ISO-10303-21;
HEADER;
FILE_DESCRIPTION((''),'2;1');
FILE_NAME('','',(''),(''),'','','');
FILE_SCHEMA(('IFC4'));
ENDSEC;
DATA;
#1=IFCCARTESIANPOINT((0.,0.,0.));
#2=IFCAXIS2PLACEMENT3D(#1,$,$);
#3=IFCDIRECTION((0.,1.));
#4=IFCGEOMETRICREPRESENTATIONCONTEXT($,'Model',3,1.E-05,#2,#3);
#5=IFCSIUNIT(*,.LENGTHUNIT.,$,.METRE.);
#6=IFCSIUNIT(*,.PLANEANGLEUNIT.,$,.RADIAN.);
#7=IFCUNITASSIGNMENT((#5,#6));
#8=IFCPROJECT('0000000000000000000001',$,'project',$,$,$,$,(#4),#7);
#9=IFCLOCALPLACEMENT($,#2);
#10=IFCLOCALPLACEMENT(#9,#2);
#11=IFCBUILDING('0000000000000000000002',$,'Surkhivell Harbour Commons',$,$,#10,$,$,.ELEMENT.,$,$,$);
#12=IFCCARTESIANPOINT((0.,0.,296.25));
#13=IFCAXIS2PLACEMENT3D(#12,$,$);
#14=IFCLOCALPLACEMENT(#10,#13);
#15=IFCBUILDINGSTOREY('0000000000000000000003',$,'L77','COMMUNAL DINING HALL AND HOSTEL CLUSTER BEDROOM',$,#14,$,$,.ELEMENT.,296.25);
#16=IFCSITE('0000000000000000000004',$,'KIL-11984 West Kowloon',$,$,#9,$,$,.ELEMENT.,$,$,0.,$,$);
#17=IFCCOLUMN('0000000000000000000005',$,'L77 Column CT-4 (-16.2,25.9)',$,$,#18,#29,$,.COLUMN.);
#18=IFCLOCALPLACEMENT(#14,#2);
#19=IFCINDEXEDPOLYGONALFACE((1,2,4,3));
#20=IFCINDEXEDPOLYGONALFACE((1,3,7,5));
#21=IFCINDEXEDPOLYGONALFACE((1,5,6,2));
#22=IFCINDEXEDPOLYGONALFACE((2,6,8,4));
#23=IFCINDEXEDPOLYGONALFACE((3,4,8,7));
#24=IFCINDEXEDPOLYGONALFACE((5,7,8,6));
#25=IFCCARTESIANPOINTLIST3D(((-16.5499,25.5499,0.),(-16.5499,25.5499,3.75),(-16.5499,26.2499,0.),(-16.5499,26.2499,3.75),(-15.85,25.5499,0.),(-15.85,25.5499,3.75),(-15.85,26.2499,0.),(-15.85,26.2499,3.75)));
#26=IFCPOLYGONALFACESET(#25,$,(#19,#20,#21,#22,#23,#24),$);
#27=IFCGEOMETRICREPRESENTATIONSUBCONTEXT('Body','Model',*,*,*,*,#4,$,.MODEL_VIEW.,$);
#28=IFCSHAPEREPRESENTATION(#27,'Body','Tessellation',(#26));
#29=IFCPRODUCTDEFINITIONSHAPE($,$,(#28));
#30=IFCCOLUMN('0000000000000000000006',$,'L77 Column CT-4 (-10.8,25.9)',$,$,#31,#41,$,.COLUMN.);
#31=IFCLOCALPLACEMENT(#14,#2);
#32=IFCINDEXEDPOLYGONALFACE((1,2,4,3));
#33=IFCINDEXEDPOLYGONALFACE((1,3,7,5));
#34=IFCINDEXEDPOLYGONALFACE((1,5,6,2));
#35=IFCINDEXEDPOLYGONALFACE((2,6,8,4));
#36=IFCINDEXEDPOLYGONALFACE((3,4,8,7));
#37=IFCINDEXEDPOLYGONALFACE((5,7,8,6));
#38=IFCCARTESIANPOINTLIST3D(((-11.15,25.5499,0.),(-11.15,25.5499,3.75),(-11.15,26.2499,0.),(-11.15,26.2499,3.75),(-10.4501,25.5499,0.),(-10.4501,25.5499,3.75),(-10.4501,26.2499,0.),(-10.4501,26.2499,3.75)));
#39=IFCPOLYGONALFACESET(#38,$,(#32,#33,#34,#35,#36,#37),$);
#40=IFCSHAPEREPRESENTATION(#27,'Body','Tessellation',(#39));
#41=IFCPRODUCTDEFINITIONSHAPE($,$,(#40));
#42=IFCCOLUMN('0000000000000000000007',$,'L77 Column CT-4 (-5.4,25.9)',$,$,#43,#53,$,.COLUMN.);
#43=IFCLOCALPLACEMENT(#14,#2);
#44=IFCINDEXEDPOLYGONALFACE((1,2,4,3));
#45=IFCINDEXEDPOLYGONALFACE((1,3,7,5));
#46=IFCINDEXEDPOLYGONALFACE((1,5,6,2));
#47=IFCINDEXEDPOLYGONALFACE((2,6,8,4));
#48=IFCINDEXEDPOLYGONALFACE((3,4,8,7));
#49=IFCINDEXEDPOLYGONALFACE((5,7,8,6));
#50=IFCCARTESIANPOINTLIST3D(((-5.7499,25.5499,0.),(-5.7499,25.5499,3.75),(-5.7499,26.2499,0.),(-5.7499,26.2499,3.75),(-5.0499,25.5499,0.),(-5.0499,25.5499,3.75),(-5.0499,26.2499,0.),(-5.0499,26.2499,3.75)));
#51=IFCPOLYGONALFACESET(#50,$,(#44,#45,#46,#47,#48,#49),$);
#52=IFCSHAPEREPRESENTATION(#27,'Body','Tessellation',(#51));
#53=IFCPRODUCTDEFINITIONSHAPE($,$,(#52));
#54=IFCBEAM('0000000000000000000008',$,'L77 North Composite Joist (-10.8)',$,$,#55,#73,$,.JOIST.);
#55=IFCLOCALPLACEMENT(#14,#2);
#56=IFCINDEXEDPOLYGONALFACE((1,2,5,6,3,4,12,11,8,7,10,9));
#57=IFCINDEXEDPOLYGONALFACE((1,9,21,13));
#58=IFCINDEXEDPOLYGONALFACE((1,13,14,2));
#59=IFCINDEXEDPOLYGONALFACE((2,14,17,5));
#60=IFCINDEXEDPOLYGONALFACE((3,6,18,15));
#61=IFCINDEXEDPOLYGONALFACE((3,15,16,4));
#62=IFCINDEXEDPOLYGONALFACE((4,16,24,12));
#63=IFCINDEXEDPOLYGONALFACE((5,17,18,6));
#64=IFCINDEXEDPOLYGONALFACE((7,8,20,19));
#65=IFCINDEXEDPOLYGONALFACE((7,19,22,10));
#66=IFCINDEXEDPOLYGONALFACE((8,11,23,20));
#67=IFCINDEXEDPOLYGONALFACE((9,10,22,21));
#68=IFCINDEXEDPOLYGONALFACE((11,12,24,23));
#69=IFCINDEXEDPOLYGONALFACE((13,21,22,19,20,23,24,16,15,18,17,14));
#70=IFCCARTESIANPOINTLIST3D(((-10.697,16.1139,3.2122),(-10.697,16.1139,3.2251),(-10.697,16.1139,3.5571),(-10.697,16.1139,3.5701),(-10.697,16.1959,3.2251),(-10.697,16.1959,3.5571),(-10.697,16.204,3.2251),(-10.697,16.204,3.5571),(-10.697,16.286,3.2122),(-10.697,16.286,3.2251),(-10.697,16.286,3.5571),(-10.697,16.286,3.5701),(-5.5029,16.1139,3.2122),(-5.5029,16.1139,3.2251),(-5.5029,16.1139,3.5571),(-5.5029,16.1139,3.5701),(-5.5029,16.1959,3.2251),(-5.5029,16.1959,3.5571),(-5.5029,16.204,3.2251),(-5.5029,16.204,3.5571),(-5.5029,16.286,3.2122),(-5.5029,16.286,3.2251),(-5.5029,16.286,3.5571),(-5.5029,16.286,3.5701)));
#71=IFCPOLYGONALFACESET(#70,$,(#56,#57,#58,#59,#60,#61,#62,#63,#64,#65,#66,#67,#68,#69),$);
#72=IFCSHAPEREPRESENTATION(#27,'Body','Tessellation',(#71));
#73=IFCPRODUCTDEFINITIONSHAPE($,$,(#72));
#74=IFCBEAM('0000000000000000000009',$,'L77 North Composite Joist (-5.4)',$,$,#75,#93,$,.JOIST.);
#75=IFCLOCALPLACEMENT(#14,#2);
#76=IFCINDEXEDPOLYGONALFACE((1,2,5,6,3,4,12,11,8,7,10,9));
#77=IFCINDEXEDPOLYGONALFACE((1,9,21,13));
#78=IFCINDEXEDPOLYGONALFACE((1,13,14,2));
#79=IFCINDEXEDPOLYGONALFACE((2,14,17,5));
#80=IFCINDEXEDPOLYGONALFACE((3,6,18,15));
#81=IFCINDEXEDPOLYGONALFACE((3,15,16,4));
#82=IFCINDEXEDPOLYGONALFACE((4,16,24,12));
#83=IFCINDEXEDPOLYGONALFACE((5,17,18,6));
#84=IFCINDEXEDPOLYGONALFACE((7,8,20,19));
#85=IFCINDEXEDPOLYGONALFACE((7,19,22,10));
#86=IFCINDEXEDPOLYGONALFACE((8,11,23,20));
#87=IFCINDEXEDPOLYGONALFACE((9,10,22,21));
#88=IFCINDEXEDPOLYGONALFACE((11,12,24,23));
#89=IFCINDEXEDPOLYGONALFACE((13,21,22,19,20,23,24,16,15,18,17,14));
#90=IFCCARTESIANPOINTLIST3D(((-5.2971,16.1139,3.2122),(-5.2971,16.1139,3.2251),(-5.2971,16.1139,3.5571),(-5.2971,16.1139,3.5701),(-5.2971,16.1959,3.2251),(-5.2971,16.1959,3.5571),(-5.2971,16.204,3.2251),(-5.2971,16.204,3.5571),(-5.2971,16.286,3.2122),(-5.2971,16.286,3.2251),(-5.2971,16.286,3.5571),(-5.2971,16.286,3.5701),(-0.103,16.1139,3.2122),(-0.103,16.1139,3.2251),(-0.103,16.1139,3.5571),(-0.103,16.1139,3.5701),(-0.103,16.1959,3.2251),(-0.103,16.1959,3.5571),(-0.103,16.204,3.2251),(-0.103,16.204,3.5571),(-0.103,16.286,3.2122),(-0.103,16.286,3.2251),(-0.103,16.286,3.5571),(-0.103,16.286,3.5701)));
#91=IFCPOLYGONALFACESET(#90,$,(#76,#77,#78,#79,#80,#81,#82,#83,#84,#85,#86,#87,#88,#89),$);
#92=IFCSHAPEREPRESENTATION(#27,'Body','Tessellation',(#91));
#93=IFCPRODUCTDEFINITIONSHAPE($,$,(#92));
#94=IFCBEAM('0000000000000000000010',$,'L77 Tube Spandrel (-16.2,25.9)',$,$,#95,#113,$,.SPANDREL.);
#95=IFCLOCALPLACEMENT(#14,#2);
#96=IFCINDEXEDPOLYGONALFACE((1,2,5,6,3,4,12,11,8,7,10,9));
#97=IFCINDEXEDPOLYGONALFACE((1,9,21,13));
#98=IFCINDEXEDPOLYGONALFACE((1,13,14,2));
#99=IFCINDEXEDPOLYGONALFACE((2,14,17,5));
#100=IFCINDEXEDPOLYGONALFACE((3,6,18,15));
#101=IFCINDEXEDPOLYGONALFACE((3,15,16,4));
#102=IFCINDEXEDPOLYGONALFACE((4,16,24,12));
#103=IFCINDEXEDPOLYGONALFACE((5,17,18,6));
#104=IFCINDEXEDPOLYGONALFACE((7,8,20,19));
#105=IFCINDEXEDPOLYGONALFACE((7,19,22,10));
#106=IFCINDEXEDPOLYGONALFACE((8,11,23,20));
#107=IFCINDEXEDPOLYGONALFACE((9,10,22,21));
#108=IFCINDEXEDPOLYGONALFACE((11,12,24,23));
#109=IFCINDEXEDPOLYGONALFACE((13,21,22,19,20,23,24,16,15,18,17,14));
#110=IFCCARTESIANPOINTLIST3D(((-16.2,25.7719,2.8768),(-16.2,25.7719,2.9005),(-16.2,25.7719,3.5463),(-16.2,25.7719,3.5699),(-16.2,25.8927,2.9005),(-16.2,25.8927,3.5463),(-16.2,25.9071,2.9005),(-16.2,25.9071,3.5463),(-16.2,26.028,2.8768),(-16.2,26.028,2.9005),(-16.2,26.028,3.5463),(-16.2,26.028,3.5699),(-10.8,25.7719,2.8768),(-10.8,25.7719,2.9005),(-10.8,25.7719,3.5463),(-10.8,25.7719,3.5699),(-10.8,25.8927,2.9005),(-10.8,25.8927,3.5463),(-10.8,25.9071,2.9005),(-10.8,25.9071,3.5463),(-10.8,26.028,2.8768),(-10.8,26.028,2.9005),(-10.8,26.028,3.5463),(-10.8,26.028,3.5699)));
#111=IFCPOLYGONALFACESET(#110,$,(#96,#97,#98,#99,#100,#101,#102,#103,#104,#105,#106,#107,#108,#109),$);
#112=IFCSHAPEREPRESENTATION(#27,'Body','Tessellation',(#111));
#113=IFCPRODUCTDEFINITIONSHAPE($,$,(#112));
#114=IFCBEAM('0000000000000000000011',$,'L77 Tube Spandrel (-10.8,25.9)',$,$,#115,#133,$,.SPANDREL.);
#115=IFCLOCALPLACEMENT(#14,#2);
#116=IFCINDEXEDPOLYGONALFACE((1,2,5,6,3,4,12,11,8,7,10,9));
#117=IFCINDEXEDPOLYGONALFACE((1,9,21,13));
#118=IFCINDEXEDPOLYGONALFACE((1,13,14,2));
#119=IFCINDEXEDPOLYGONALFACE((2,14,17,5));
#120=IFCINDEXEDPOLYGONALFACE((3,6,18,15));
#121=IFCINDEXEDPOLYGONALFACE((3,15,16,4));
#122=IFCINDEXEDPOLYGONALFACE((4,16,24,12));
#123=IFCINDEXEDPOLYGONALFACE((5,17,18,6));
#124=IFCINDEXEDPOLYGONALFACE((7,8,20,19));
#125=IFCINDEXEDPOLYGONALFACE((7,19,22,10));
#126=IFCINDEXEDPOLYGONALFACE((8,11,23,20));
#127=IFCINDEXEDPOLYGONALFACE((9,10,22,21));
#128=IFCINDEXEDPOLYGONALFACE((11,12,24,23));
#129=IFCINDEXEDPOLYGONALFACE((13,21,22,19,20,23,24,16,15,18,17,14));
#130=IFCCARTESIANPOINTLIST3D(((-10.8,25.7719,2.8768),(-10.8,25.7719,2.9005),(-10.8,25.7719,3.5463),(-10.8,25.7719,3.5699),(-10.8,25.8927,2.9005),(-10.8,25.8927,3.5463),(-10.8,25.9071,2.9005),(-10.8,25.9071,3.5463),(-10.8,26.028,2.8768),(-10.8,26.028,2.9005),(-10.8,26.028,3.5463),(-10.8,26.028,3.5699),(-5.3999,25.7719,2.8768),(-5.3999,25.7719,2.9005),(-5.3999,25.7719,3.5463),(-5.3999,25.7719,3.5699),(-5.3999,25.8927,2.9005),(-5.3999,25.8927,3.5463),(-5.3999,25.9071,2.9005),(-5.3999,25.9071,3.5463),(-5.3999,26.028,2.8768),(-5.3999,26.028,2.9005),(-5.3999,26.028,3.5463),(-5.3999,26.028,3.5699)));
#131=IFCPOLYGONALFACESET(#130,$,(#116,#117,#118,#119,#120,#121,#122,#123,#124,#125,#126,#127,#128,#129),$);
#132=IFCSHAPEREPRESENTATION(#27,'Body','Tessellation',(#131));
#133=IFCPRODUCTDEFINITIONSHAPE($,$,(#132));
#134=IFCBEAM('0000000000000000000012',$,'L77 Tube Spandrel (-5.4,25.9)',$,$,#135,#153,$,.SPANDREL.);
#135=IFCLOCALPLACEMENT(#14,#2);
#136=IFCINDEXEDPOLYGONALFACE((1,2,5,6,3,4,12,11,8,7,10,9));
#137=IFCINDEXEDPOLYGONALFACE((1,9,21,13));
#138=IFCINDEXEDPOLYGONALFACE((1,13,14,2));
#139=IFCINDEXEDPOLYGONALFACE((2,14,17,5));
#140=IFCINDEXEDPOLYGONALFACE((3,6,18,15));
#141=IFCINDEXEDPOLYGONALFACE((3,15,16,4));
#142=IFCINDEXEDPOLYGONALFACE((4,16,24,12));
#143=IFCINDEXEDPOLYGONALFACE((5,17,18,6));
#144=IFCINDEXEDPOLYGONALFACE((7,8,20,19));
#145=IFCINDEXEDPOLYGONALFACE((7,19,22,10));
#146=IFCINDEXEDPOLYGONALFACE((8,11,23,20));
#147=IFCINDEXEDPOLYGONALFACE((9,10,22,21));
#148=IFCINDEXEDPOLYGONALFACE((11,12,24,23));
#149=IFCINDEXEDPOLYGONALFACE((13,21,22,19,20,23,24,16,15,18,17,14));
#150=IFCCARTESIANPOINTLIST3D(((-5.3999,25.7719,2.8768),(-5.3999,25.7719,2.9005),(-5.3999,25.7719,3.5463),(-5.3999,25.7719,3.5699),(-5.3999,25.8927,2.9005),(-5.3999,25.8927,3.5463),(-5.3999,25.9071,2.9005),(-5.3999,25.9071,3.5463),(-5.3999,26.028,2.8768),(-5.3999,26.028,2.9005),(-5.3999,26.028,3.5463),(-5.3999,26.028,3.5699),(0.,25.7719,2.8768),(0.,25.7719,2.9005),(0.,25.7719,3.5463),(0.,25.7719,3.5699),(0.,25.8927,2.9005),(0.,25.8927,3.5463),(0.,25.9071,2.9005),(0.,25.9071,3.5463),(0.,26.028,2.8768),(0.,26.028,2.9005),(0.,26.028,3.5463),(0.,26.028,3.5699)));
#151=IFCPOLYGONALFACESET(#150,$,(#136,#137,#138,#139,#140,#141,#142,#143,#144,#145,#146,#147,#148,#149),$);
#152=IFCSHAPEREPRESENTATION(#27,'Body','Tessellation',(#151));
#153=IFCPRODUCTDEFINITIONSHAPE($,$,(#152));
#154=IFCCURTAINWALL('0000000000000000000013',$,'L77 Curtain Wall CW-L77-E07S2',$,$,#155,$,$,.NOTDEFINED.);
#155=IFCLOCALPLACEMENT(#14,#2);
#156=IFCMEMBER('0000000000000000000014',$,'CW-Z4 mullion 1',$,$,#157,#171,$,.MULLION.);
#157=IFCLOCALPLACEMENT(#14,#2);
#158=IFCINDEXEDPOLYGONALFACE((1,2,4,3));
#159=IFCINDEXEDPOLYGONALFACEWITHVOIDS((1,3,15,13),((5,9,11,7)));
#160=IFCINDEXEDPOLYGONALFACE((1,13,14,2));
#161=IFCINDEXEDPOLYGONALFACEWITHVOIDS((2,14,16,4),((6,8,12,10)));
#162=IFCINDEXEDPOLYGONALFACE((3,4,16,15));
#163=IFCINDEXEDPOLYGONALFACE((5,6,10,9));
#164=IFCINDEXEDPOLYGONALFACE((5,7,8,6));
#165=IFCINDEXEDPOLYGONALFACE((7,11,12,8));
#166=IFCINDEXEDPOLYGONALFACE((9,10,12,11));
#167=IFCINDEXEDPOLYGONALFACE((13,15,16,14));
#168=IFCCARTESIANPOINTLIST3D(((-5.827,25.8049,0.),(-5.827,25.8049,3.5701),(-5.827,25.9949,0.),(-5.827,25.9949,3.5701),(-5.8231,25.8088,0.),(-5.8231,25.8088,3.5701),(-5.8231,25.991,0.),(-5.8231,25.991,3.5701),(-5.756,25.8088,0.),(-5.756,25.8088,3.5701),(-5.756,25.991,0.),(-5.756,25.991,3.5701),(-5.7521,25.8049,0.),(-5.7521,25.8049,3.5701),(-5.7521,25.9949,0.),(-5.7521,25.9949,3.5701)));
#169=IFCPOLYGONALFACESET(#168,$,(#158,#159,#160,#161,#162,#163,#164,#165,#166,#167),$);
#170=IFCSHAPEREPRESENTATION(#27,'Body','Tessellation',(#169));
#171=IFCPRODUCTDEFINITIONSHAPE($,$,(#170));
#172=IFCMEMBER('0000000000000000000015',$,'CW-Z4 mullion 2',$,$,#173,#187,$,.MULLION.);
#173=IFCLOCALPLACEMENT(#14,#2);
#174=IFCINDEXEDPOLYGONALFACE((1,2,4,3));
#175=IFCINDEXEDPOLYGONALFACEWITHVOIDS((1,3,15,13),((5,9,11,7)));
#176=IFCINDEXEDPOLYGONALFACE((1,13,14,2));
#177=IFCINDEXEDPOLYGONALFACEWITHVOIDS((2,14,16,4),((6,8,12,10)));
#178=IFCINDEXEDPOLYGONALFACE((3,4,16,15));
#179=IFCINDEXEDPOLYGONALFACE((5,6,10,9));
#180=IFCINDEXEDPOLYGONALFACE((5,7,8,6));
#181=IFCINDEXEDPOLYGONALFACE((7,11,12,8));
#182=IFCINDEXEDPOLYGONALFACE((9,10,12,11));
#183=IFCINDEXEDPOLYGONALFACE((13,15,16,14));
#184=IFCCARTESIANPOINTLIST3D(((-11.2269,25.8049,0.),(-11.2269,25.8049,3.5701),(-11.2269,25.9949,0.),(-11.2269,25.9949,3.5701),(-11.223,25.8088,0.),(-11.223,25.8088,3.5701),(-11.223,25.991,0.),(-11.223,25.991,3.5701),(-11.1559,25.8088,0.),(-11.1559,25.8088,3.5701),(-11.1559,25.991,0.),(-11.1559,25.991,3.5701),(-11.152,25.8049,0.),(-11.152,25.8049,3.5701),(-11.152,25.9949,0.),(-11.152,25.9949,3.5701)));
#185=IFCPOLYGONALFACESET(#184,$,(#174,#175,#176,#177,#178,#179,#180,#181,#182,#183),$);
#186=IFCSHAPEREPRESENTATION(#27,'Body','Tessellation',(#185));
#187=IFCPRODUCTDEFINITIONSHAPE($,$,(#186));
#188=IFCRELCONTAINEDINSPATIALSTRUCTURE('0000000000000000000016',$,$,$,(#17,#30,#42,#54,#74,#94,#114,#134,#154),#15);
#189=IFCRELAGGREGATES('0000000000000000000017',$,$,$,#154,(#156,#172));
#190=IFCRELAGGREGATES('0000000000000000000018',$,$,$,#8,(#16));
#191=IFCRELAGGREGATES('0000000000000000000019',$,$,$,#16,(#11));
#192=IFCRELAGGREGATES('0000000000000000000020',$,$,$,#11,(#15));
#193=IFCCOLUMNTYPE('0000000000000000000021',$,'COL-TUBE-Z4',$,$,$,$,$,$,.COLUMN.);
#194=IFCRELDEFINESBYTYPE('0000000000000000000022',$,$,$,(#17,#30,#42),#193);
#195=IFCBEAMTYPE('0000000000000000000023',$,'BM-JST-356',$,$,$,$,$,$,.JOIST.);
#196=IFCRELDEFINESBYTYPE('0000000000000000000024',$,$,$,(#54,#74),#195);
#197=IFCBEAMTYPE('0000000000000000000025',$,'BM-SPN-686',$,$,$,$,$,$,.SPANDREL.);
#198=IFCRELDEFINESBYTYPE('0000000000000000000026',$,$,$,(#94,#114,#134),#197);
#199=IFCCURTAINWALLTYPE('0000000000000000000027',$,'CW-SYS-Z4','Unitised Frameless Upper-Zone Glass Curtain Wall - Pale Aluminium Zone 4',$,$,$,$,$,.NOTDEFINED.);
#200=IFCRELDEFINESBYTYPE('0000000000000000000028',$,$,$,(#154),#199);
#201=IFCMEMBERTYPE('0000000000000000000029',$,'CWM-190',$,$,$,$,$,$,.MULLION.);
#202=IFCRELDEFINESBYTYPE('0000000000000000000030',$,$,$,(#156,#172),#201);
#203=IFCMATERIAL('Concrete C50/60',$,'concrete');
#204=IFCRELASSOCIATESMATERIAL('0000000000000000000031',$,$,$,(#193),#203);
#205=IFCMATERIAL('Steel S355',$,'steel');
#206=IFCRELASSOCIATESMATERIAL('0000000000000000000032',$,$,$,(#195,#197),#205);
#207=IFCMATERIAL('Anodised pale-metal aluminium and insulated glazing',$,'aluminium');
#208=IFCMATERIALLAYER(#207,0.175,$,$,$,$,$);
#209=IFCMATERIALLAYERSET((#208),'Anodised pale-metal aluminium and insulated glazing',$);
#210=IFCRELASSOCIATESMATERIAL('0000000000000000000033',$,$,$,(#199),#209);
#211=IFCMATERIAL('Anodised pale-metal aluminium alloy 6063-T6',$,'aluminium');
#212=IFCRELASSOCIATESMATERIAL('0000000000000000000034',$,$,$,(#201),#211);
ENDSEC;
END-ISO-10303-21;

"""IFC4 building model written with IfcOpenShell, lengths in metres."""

from ifc_helpers import new_model, si_unit, direction, frame, origin, origin_2d, place, context, subcontext, project, spatial, rectangle, hollow_rectangle, i_section, extrude, material, layer, layer_set, material_profile, profile_set, type_object, element, aggregate, save


model = new_model("IFC4")

# Units and contexts
model_context = context("Model", 3, precision=1e-05, world=origin(), true_north=direction((0.0, 1.0)))
body_context = subcontext(model_context, "Body", "Model", "MODEL_VIEW")
ifc_project = project(units=[si_unit("LENGTHUNIT", "METRE"), si_unit("PLANEANGLEUNIT", "RADIAN")], contexts=[model_context])

# Site, building, storey
site_placement = place(None, origin())
site = spatial("IfcSite", under=ifc_project, at=site_placement, Name="KIL-11984 West Kowloon", CompositionType="ELEMENT", RefElevation=0.0)
building_placement = place(site_placement, origin())
building = spatial("IfcBuilding", under=site, at=building_placement, Name="Surkhivell Harbour Commons", CompositionType="ELEMENT")
storey_placement = place(building_placement, frame((0.0, 0.0, 296.25)))
storey = spatial("IfcBuildingStorey", under=building, at=storey_placement, Name="L77", Description="COMMUNAL DINING HALL AND HOSTEL CLUSTER BEDROOM", CompositionType="ELEMENT", Elevation=296.25)

# Columns
ifc_material_1 = material(Name="Concrete C50/60", Category="concrete")
ifc_material_profile_1 = material_profile(ifc_material_1, rectangle(XDim=0.7, YDim=0.7, at=origin_2d()), Name="RC-COL-700x700")
ifc_profile_set_1 = profile_set([ifc_material_profile_1], Name="Concrete C50/60")
column_type = type_object("IfcColumnType", Name="COL-TUBE-Z4", PredefinedType="COLUMN", material=ifc_profile_set_1)
for number, where, z_axis, x_axis, name in (
    (1, (-16.2, 25.8999, 0.0), (0.0, 0.0, 1.0), (1.0, 0.0, 0.0), "L77 Column CT-4 (-16.2,25.9)"),
    (2, (-10.8, 25.8999, 0.0), (0.0, 0.0, 1.0), (1.0, 0.0, 0.0), "L77 Column CT-4 (-10.8,25.9)"),
    (3, (-5.3999, 25.8999, 0.0), (0.0, 0.0, 1.0), (1.0, 0.0, 0.0), "L77 Column CT-4 (-5.4,25.9)"),
):
    element("IfcColumn", number, at=place(storey_placement, frame(where, z_axis=z_axis, x_axis=x_axis)), inside=storey, type_object=column_type, Name=name, PredefinedType="COLUMN", context=body_context, shape_type="SweptSolid", body=[
        extrude(rectangle(XDim=0.7, YDim=0.7, at=origin_2d()), origin(), (0.0, 0.0, 1.0), 3.75),
    ])

# Beams
ifc_material_2 = material(Name="Steel S355", Category="steel")
ifc_material_profile_2 = material_profile(ifc_material_2, i_section(OverallWidth=0.1721, OverallDepth=0.3579, WebThickness=0.0081, FlangeThickness=0.0129, at=origin_2d()), Name="UB356x171x57")
ifc_profile_set_2 = profile_set([ifc_material_profile_2], Name="Steel S355")
beam_type_1 = type_object("IfcBeamType", Name="BM-JST-356", PredefinedType="JOIST", material=ifc_profile_set_2)
for number, where, z_axis, x_axis, name in (
    (4, (-10.697, 16.2, 3.3911), (1.0, 0.0, 0.0), (0.0, 1.0, 0.0), "L77 North Composite Joist (-10.8)"),
    (5, (-5.2971, 16.2, 3.3911), (1.0, 0.0, 0.0), (0.0, 1.0, 0.0), "L77 North Composite Joist (-5.4)"),
):
    element("IfcBeam", number, at=place(storey_placement, frame(where, z_axis=z_axis, x_axis=x_axis)), inside=storey, type_object=beam_type_1, Name=name, PredefinedType="JOIST", context=body_context, shape_type="SweptSolid", body=[
        extrude(i_section(OverallWidth=0.1721, OverallDepth=0.3579, WebThickness=0.0081, FlangeThickness=0.0129, at=origin_2d()), origin(), (0.0, 0.0, 1.0), 5.1941),
    ])
ifc_material_profile_3 = material_profile(ifc_material_2, i_section(OverallWidth=0.2561, OverallDepth=0.6931, WebThickness=0.0144, FlangeThickness=0.0237, at=origin_2d()), Name="UB686x254x170")
ifc_profile_set_3 = profile_set([ifc_material_profile_3], Name="Steel S355")
beam_type_2 = type_object("IfcBeamType", Name="BM-SPN-686", PredefinedType="SPANDREL", material=ifc_profile_set_3)
beam_1_placement = place(storey_placement, frame((-16.2, 25.8999, 3.2234), z_axis=(1.0, 0.0, 0.0), x_axis=(0.0, 1.0, 0.0)))
element("IfcBeam", 6, at=beam_1_placement, inside=storey, type_object=beam_type_2, Name="L77 Tube Spandrel (-16.2,25.9)", PredefinedType="SPANDREL", context=body_context, shape_type="SweptSolid", body=[
    extrude(i_section(OverallWidth=0.2561, OverallDepth=0.6931, WebThickness=0.0144, FlangeThickness=0.0237, at=origin_2d()), origin(), (0.0, 0.0, 1.0), 5.3999),
])
beam_2_placement = place(storey_placement, frame((-10.8, 25.8999, 3.2234), z_axis=(1.0, 0.0, 0.0), x_axis=(0.0, 1.0, 0.0)))
element("IfcBeam", 7, at=beam_2_placement, inside=storey, type_object=beam_type_2, Name="L77 Tube Spandrel (-10.8,25.9)", PredefinedType="SPANDREL", context=body_context, shape_type="SweptSolid", body=[
    extrude(i_section(OverallWidth=0.2561, OverallDepth=0.6931, WebThickness=0.0144, FlangeThickness=0.0237, at=origin_2d()), origin(), (0.0, 0.0, 1.0), 5.4001),
])
beam_3_placement = place(storey_placement, frame((-5.3999, 25.8999, 3.2234), z_axis=(1.0, 0.0, 0.0), x_axis=(0.0, 1.0, 0.0)))
element("IfcBeam", 8, at=beam_3_placement, inside=storey, type_object=beam_type_2, Name="L77 Tube Spandrel (-5.4,25.9)", PredefinedType="SPANDREL", context=body_context, shape_type="SweptSolid", body=[
    extrude(i_section(OverallWidth=0.2561, OverallDepth=0.6931, WebThickness=0.0144, FlangeThickness=0.0237, at=origin_2d()), origin(), (0.0, 0.0, 1.0), 5.3999),
])

# Curtain wall, members
ifc_material_3 = material(Name="Anodised pale-metal aluminium and insulated glazing", Category="aluminium")
ifc_layer_1 = layer(ifc_material_3, 0.175)
ifc_layer_set_1 = layer_set([ifc_layer_1], Name="Anodised pale-metal aluminium and insulated glazing")
curtain_wall_type = type_object("IfcCurtainWallType", Name="CW-SYS-Z4", Description="Unitised Frameless Upper-Zone Glass Curtain Wall - Pale Aluminium Zone 4", PredefinedType="NOTDEFINED", material=ifc_layer_set_1)
curtain_wall_placement = place(storey_placement, origin())
curtain_wall = element("IfcCurtainWall", 9, at=curtain_wall_placement, inside=storey, type_object=curtain_wall_type, Name="L77 Curtain Wall CW-L77-E07S2", PredefinedType="NOTDEFINED")
ifc_material_4 = material(Name="Anodised pale-metal aluminium alloy 6063-T6", Category="aluminium")
ifc_material_profile_4 = material_profile(ifc_material_4, hollow_rectangle(XDim=0.075, YDim=0.1899, WallThickness=0.0039, at=origin_2d()), Name="ALU-MULL-75x190")
ifc_profile_set_4 = profile_set([ifc_material_profile_4], Name="Anodised pale-metal aluminium alloy 6063-T6")
member_type_1 = type_object("IfcMemberType", Name="CWM-190", PredefinedType="MULLION", material=ifc_profile_set_4)
member_1_placement = place(storey_placement, frame((-5.7896, 25.8999, 0.0), z_axis=(0.0, 0.0, 1.0), x_axis=(-1.0, 0.0, 0.0)))
member_1 = element("IfcMember", 10, at=member_1_placement, type_object=member_type_1, Name="CW-Z4 mullion 1", PredefinedType="MULLION", context=body_context, shape_type="SweptSolid", body=[
    extrude(hollow_rectangle(XDim=0.075, YDim=0.1899, WallThickness=0.0039, at=origin_2d()), origin(), (0.0, 0.0, 1.0), 3.5701),
])
member_2_placement = place(storey_placement, frame((-11.1895, 25.8999, 0.0), z_axis=(0.0, 0.0, 1.0), x_axis=(-1.0, 0.0, 0.0)))
member_2 = element("IfcMember", 11, at=member_2_placement, type_object=member_type_1, Name="CW-Z4 mullion 2", PredefinedType="MULLION", context=body_context, shape_type="SweptSolid", body=[
    extrude(hollow_rectangle(XDim=0.075, YDim=0.1899, WallThickness=0.0039, at=origin_2d()), origin(), (0.0, 0.0, 1.0), 3.5701),
])

aggregate(curtain_wall, [member_1, member_2])

save(model, "model.ifc")
